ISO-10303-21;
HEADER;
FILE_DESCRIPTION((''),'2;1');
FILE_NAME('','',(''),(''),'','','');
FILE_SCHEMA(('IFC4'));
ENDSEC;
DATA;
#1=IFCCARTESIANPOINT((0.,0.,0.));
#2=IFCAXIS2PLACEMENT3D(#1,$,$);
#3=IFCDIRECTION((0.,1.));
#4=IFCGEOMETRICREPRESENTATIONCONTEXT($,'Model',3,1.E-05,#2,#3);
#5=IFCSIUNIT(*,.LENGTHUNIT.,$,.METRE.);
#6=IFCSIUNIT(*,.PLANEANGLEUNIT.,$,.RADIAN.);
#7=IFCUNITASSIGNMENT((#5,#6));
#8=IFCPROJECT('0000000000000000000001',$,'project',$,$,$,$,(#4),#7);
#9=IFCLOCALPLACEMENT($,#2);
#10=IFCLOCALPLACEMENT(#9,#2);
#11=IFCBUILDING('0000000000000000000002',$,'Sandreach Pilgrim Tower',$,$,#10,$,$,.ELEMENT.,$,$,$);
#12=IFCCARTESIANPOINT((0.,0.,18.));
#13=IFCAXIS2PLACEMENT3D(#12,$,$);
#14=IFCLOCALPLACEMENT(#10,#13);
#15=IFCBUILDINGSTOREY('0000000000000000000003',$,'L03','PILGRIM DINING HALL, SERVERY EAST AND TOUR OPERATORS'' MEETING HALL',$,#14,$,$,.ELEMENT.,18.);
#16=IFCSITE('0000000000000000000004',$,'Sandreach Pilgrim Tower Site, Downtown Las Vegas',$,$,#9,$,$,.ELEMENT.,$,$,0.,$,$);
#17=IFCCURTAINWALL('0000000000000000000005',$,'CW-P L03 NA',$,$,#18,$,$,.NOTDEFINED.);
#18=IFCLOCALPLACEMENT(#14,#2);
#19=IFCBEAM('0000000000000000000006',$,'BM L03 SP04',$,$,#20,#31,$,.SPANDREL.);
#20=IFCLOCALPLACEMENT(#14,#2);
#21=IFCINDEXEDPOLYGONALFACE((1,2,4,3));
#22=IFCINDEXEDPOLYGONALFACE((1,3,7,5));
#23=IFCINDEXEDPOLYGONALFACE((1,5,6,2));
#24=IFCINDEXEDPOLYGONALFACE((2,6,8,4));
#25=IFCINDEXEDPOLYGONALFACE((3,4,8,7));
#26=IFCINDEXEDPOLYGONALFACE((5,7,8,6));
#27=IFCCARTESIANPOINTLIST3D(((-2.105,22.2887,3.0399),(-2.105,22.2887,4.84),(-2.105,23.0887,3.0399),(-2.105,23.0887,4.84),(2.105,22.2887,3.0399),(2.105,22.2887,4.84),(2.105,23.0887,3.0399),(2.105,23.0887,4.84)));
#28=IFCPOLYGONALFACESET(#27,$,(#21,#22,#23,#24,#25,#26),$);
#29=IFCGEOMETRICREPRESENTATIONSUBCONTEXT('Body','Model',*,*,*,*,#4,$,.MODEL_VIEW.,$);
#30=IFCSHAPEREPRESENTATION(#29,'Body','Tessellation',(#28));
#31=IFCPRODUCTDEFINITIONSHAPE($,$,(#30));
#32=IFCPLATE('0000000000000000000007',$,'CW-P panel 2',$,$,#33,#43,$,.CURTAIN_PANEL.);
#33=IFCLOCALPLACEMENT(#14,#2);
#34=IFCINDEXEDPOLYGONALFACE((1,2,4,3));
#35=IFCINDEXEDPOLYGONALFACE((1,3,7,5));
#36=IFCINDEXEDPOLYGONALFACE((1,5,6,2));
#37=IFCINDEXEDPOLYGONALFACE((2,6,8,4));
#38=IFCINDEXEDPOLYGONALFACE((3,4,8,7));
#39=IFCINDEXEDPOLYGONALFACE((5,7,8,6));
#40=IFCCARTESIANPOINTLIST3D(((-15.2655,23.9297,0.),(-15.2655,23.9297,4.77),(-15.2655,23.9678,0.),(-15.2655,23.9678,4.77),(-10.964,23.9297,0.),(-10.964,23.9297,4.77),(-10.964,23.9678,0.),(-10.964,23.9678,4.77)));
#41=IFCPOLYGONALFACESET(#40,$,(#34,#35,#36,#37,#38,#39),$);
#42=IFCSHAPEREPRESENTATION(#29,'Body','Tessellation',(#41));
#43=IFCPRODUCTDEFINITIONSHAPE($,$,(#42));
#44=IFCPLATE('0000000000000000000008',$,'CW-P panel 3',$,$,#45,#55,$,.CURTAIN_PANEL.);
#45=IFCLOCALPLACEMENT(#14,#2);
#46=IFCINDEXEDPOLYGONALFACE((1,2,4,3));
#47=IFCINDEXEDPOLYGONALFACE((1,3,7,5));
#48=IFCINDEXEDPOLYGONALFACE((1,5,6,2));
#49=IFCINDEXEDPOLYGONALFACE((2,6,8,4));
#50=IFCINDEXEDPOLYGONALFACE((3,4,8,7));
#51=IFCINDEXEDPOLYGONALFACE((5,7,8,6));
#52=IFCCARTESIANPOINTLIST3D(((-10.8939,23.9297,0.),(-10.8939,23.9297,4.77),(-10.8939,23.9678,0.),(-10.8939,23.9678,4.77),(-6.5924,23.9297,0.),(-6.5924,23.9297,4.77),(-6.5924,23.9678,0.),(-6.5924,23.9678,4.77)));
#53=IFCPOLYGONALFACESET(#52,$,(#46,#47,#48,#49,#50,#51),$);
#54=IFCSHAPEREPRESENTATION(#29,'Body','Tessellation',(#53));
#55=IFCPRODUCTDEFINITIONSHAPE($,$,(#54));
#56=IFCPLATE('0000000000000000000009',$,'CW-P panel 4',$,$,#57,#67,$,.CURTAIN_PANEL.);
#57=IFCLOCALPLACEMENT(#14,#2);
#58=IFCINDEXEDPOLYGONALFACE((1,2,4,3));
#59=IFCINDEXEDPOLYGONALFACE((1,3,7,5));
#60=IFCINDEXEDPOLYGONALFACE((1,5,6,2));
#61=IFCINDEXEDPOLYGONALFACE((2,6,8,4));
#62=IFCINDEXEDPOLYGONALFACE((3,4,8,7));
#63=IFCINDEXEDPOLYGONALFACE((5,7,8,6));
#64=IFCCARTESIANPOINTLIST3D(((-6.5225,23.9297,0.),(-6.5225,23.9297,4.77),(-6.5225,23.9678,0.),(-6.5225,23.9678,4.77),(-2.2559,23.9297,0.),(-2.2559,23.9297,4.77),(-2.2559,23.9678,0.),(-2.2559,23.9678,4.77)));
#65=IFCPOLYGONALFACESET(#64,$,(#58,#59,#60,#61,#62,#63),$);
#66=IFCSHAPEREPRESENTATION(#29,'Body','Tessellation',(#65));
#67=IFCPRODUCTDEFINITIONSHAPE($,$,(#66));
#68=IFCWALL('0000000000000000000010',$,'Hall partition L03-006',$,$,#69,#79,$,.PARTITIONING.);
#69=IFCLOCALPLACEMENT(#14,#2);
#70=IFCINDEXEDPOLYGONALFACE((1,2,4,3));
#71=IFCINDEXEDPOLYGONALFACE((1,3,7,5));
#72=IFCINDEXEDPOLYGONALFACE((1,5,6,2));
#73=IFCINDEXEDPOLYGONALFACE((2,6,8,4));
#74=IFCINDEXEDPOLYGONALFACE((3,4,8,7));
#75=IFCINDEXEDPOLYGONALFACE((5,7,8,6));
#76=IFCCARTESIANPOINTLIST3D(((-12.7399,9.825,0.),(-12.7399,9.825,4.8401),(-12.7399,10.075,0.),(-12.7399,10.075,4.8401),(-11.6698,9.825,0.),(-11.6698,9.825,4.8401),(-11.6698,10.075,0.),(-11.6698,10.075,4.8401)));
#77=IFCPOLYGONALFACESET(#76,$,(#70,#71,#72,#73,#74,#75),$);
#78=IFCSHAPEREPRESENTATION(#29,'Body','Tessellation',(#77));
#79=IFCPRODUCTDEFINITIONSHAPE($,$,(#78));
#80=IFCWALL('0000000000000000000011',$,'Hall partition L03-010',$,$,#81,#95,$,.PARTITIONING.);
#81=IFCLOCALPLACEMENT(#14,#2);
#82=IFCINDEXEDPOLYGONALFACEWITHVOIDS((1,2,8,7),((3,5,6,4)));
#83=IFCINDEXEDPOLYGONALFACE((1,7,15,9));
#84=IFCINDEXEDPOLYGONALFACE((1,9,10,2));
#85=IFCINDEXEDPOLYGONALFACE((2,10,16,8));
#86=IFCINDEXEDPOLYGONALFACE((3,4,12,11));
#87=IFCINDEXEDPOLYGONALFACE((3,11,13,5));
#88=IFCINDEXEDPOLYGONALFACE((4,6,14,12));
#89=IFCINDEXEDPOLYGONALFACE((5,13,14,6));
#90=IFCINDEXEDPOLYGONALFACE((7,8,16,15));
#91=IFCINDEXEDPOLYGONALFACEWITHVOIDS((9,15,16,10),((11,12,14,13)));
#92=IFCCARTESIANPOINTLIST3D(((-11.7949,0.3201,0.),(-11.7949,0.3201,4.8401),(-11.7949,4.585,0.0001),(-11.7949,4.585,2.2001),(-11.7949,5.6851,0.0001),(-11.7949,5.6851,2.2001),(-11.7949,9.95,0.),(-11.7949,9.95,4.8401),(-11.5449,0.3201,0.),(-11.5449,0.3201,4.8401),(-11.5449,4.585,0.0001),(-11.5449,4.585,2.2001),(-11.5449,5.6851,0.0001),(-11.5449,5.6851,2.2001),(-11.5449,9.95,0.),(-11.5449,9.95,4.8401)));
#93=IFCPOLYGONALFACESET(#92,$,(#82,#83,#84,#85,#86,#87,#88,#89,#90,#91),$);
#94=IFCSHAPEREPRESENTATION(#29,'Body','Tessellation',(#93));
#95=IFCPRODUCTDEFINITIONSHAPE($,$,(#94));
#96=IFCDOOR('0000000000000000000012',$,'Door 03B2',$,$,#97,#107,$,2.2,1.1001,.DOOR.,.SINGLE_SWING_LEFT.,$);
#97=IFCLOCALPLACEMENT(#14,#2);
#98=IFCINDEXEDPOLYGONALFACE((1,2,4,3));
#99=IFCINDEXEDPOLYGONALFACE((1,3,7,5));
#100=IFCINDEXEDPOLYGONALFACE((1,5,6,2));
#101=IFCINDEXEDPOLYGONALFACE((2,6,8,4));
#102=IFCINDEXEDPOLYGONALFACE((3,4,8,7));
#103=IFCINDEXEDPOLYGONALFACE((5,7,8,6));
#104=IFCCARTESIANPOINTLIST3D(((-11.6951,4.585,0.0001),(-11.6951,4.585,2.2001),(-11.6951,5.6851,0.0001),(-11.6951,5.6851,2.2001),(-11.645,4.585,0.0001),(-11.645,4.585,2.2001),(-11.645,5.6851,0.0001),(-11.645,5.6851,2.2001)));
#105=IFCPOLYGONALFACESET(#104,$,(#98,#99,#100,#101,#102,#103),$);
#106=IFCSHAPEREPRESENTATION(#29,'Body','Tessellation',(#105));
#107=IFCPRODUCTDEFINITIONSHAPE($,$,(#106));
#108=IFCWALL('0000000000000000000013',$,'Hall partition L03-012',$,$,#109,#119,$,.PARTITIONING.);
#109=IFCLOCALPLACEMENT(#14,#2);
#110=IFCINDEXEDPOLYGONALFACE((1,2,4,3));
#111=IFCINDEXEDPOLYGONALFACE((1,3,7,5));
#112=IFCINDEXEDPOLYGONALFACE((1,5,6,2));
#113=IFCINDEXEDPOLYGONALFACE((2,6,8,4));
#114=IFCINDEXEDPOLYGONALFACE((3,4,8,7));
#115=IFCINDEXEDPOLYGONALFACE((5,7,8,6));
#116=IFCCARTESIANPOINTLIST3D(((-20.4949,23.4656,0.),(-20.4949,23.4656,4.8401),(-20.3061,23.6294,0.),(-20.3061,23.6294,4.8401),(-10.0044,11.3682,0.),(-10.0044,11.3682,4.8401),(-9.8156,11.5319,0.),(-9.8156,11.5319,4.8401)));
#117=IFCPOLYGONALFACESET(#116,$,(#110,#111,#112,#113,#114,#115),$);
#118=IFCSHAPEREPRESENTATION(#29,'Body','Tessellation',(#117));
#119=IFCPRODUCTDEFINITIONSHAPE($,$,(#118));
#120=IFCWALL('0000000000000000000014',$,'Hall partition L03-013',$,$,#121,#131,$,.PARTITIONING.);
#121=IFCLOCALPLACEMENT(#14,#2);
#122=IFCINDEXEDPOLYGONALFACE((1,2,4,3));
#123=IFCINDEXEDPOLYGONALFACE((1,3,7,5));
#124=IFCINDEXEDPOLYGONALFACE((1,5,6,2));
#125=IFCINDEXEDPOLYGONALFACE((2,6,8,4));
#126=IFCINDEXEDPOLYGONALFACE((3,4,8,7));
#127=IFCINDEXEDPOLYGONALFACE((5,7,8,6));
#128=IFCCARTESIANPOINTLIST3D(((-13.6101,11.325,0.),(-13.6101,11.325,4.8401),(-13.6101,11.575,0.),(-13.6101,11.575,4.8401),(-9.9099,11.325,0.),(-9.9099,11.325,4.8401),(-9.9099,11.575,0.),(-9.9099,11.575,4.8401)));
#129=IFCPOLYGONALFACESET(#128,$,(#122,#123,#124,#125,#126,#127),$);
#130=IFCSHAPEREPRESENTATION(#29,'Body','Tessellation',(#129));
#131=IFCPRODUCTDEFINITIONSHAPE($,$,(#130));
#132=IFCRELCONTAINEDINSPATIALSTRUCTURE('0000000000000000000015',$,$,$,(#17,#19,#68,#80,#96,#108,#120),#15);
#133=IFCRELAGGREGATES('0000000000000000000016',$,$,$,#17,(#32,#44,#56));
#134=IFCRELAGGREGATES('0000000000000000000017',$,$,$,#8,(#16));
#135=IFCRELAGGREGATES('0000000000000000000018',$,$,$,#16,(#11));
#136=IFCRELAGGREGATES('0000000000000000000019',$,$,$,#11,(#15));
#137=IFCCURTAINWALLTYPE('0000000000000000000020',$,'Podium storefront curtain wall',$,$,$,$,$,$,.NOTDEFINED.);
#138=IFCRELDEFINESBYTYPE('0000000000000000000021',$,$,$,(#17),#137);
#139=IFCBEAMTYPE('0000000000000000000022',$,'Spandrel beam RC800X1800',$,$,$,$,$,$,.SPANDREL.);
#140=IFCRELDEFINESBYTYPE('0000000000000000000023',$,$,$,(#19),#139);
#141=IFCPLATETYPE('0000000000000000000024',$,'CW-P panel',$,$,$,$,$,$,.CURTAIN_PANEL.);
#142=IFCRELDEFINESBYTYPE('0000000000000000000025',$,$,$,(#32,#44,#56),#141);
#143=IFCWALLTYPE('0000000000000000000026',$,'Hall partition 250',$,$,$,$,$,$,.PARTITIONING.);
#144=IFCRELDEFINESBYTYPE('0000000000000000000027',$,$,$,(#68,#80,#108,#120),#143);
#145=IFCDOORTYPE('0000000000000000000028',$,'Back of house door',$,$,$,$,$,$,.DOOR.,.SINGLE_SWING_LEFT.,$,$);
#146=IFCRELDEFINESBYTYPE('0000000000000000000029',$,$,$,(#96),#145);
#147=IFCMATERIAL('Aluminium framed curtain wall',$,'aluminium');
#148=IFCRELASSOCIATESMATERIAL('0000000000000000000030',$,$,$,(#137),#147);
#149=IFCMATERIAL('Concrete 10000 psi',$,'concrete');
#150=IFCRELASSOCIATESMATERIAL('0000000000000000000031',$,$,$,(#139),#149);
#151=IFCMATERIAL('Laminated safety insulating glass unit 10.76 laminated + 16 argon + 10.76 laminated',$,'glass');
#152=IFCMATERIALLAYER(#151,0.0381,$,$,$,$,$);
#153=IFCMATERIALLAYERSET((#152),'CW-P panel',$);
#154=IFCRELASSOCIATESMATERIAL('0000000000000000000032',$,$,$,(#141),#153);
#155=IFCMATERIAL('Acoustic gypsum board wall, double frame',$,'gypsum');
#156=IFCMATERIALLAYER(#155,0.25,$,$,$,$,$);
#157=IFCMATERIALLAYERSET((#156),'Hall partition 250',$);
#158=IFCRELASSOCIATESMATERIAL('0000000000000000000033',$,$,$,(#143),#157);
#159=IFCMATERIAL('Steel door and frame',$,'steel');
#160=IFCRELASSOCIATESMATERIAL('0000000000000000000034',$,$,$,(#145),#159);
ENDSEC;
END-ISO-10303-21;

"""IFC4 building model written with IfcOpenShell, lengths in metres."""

from ifc_helpers import new_model, si_unit, direction, frame, frame_2d, origin, origin_2d, place, context, subcontext, project, spatial, rectangle, extrude, material, layer, layer_set, material_profile, profile_set, type_object, element, fill, aggregate, save


model = new_model("IFC4")

# Units and contexts
model_context = context("Model", 3, precision=1e-05, world=origin(), true_north=direction((0.0, 1.0)))
body_context = subcontext(model_context, "Body", "Model", "MODEL_VIEW")
ifc_project = project(units=[si_unit("LENGTHUNIT", "METRE"), si_unit("PLANEANGLEUNIT", "RADIAN")], contexts=[model_context])

# Site, building, storey
site_placement = place(None, origin())
site = spatial("IfcSite", under=ifc_project, at=site_placement, Name="Sandreach Pilgrim Tower Site, Downtown Las Vegas", CompositionType="ELEMENT", RefElevation=0.0)
building_placement = place(site_placement, origin())
building = spatial("IfcBuilding", under=site, at=building_placement, Name="Sandreach Pilgrim Tower", CompositionType="ELEMENT")
storey_placement = place(building_placement, frame((0.0, 0.0, 18.0)))
storey = spatial("IfcBuildingStorey", under=building, at=storey_placement, Name="L03", Description="PILGRIM DINING HALL, SERVERY EAST AND TOUR OPERATORS' MEETING HALL", CompositionType="ELEMENT", Elevation=18.0)

# Curtain wall
ifc_material_1 = material(Name="Aluminium framed curtain wall", Category="aluminium")
curtain_wall_type = type_object("IfcCurtainWallType", Name="Podium storefront curtain wall", PredefinedType="NOTDEFINED", material=ifc_material_1)
curtain_wall_placement = place(storey_placement, origin())
curtain_wall = element("IfcCurtainWall", 1, at=curtain_wall_placement, inside=storey, type_object=curtain_wall_type, Name="CW-P L03 NA", PredefinedType="NOTDEFINED")

# Beam
ifc_material_2 = material(Name="Concrete 10000 psi", Category="concrete")
ifc_material_profile_1 = material_profile(ifc_material_2, rectangle(XDim=0.8, YDim=1.8, at=origin_2d()), Name="RC800X1800")
ifc_profile_set_1 = profile_set([ifc_material_profile_1], Name="Concrete 10000 psi")
beam_type_1 = type_object("IfcBeamType", Name="Spandrel beam RC800X1800", PredefinedType="SPANDREL", material=ifc_profile_set_1)
for number, where, z_axis, x_axis, name in (
    (2, (-2.105, 22.6887, 3.9399), (1.0, 0.0, 0.0), (0.0, 1.0, 0.0), "BM L03 SP04"),
):
    element("IfcBeam", number, at=place(storey_placement, frame(where, z_axis=z_axis, x_axis=x_axis)), inside=storey, type_object=beam_type_1, Name=name, PredefinedType="SPANDREL", context=body_context, shape_type="SweptSolid", body=[
        extrude(rectangle(XDim=0.8, YDim=1.8, at=origin_2d()), origin(), (0.0, 0.0, 1.0), 4.21),
    ])

# Plates
ifc_material_3 = material(Name="Laminated safety insulating glass unit 10.76 laminated + 16 argon + 10.76 laminated", Category="glass")
ifc_layer_1 = layer(ifc_material_3, 0.0381)
ifc_layer_set_1 = layer_set([ifc_layer_1], Name="CW-P panel")
plate_type = type_object("IfcPlateType", Name="CW-P panel", PredefinedType="CURTAIN_PANEL", material=ifc_layer_set_1)
plate_1_placement = place(storey_placement, frame((-13.1147, 23.9487, 0.0), z_axis=(0.0, 0.0, 1.0), x_axis=(1.0, 0.0, 0.0)))
plate_1 = element("IfcPlate", 3, at=plate_1_placement, type_object=plate_type, Name="CW-P panel 2", PredefinedType="CURTAIN_PANEL", context=body_context, shape_type="SweptSolid", body=[
    extrude(rectangle(XDim=4.3015, YDim=0.0381, at=origin_2d()), origin(), (0.0, 0.0, 1.0), 4.77),
])
plate_2_placement = place(storey_placement, frame((-8.7432, 23.9487, 0.0), z_axis=(0.0, 0.0, 1.0), x_axis=(1.0, 0.0, 0.0)))
plate_2 = element("IfcPlate", 4, at=plate_2_placement, type_object=plate_type, Name="CW-P panel 3", PredefinedType="CURTAIN_PANEL", context=body_context, shape_type="SweptSolid", body=[
    extrude(rectangle(XDim=4.3015, YDim=0.0381, at=origin_2d()), origin(), (0.0, 0.0, 1.0), 4.77),
])
plate_3_placement = place(storey_placement, frame((-4.3892, 23.9487, 0.0), z_axis=(0.0, 0.0, 1.0), x_axis=(1.0, 0.0, 0.0)))
plate_3 = element("IfcPlate", 5, at=plate_3_placement, type_object=plate_type, Name="CW-P panel 4", PredefinedType="CURTAIN_PANEL", context=body_context, shape_type="SweptSolid", body=[
    extrude(rectangle(XDim=4.2666, YDim=0.0381, at=origin_2d()), origin(), (0.0, 0.0, 1.0), 4.77),
])
aggregate(curtain_wall, [plate_1, plate_2, plate_3])

# Shared definitions
ifc_material_4 = material(Name="Acoustic gypsum board wall, double frame", Category="gypsum")
ifc_layer_2 = layer(ifc_material_4, 0.25)
ifc_layer_set_2 = layer_set([ifc_layer_2], Name="Hall partition 250")
wall_type_1 = type_object("IfcWallType", Name="Hall partition 250", PredefinedType="PARTITIONING", material=ifc_layer_set_2)

# Wall
wall_1_placement = place(storey_placement, frame((-12.74, 9.95, 0.0), z_axis=(0.0, 0.0, 1.0), x_axis=(1.0, 0.0, 0.0)))
element("IfcWall", 6, at=wall_1_placement, inside=storey, type_object=wall_type_1, Name="Hall partition L03-006", PredefinedType="PARTITIONING", context=body_context, shape_type="SweptSolid", body=[
    extrude(rectangle(XDim=1.0701, YDim=0.25, at=frame_2d((0.5352, 0.0))), origin(), (0.0, 0.0, 1.0), 4.8401),
])

# Wall, opening, door
wall_2_placement = place(storey_placement, frame((-11.6699, 9.95, 0.0), z_axis=(0.0, 0.0, 1.0), x_axis=(0.0, -1.0, 0.0)))
wall_2 = element("IfcWall", 7, at=wall_2_placement, inside=storey, type_object=wall_type_1, Name="Hall partition L03-010", PredefinedType="PARTITIONING", context=body_context, shape_type="SweptSolid", body=[
    extrude(rectangle(XDim=9.6299, YDim=0.25, at=frame_2d((4.8149, 0.0))), origin(), (0.0, 0.0, 1.0), 4.8401),
])
opening_1_placement = place(wall_2_placement, frame((4.2649, 0.0, 0.0)))
opening_1 = element("IfcOpeningElement", 8, at=opening_1_placement, cuts=wall_2, PredefinedType="OPENING", context=body_context, shape_type="SweptSolid", body=[
    extrude(rectangle(XDim=1.1001, YDim=2.2, at=frame_2d((0.55, 1.1001))), frame((0.0, 0.125, 0.0), z_axis=(0.0, -1.0, 0.0), x_axis=(1.0, 0.0, 0.0)), (0.0, 0.0, 1.0), 0.25),
])
ifc_material_5 = material(Name="Steel door and frame", Category="steel")
door_type_1 = type_object("IfcDoorType", Name="Back of house door", OperationType="SINGLE_SWING_LEFT", PredefinedType="DOOR", material=ifc_material_5)
door_1_placement = place(opening_1_placement, origin())
door_1 = element("IfcDoor", 9, at=door_1_placement, inside=storey, type_object=door_type_1, Name="Door 03B2", OperationType="SINGLE_SWING_LEFT", OverallHeight=2.2, OverallWidth=1.1001, PredefinedType="DOOR", context=body_context, shape_type="SweptSolid", body=[
    extrude(rectangle(XDim=1.1001, YDim=2.2, at=frame_2d((0.55, 1.1001))), frame((0.0, 0.0249, 0.0), z_axis=(0.0, -1.0, 0.0), x_axis=(1.0, 0.0, 0.0)), (0.0, 0.0, 1.0), 0.05),
])
fill(opening_1, door_1)

# Walls
wall_3_placement = place(storey_placement, frame((-9.9099, 11.45, 0.0), z_axis=(0.0, 0.0, 1.0), x_axis=(-0.655146, 0.755502, 0.0)))
element("IfcWall", 10, at=wall_3_placement, inside=storey, type_object=wall_type_1, Name="Hall partition L03-012", PredefinedType="PARTITIONING", context=body_context, shape_type="SweptSolid", body=[
    extrude(rectangle(XDim=16.0125, YDim=0.25, at=frame_2d((8.0063, 0.0))), origin(), (0.0, 0.0, 1.0), 4.8401),
])
wall_4_placement = place(storey_placement, frame((-9.9099, 11.45, 0.0), z_axis=(0.0, 0.0, 1.0), x_axis=(-1.0, 0.0, 0.0)))
element("IfcWall", 11, at=wall_4_placement, inside=storey, type_object=wall_type_1, Name="Hall partition L03-013", PredefinedType="PARTITIONING", context=body_context, shape_type="SweptSolid", body=[
    extrude(rectangle(XDim=3.7002, YDim=0.25, at=frame_2d((1.8501, 0.0))), origin(), (0.0, 0.0, 1.0), 4.8401),
])

save(model, "model.ifc")
